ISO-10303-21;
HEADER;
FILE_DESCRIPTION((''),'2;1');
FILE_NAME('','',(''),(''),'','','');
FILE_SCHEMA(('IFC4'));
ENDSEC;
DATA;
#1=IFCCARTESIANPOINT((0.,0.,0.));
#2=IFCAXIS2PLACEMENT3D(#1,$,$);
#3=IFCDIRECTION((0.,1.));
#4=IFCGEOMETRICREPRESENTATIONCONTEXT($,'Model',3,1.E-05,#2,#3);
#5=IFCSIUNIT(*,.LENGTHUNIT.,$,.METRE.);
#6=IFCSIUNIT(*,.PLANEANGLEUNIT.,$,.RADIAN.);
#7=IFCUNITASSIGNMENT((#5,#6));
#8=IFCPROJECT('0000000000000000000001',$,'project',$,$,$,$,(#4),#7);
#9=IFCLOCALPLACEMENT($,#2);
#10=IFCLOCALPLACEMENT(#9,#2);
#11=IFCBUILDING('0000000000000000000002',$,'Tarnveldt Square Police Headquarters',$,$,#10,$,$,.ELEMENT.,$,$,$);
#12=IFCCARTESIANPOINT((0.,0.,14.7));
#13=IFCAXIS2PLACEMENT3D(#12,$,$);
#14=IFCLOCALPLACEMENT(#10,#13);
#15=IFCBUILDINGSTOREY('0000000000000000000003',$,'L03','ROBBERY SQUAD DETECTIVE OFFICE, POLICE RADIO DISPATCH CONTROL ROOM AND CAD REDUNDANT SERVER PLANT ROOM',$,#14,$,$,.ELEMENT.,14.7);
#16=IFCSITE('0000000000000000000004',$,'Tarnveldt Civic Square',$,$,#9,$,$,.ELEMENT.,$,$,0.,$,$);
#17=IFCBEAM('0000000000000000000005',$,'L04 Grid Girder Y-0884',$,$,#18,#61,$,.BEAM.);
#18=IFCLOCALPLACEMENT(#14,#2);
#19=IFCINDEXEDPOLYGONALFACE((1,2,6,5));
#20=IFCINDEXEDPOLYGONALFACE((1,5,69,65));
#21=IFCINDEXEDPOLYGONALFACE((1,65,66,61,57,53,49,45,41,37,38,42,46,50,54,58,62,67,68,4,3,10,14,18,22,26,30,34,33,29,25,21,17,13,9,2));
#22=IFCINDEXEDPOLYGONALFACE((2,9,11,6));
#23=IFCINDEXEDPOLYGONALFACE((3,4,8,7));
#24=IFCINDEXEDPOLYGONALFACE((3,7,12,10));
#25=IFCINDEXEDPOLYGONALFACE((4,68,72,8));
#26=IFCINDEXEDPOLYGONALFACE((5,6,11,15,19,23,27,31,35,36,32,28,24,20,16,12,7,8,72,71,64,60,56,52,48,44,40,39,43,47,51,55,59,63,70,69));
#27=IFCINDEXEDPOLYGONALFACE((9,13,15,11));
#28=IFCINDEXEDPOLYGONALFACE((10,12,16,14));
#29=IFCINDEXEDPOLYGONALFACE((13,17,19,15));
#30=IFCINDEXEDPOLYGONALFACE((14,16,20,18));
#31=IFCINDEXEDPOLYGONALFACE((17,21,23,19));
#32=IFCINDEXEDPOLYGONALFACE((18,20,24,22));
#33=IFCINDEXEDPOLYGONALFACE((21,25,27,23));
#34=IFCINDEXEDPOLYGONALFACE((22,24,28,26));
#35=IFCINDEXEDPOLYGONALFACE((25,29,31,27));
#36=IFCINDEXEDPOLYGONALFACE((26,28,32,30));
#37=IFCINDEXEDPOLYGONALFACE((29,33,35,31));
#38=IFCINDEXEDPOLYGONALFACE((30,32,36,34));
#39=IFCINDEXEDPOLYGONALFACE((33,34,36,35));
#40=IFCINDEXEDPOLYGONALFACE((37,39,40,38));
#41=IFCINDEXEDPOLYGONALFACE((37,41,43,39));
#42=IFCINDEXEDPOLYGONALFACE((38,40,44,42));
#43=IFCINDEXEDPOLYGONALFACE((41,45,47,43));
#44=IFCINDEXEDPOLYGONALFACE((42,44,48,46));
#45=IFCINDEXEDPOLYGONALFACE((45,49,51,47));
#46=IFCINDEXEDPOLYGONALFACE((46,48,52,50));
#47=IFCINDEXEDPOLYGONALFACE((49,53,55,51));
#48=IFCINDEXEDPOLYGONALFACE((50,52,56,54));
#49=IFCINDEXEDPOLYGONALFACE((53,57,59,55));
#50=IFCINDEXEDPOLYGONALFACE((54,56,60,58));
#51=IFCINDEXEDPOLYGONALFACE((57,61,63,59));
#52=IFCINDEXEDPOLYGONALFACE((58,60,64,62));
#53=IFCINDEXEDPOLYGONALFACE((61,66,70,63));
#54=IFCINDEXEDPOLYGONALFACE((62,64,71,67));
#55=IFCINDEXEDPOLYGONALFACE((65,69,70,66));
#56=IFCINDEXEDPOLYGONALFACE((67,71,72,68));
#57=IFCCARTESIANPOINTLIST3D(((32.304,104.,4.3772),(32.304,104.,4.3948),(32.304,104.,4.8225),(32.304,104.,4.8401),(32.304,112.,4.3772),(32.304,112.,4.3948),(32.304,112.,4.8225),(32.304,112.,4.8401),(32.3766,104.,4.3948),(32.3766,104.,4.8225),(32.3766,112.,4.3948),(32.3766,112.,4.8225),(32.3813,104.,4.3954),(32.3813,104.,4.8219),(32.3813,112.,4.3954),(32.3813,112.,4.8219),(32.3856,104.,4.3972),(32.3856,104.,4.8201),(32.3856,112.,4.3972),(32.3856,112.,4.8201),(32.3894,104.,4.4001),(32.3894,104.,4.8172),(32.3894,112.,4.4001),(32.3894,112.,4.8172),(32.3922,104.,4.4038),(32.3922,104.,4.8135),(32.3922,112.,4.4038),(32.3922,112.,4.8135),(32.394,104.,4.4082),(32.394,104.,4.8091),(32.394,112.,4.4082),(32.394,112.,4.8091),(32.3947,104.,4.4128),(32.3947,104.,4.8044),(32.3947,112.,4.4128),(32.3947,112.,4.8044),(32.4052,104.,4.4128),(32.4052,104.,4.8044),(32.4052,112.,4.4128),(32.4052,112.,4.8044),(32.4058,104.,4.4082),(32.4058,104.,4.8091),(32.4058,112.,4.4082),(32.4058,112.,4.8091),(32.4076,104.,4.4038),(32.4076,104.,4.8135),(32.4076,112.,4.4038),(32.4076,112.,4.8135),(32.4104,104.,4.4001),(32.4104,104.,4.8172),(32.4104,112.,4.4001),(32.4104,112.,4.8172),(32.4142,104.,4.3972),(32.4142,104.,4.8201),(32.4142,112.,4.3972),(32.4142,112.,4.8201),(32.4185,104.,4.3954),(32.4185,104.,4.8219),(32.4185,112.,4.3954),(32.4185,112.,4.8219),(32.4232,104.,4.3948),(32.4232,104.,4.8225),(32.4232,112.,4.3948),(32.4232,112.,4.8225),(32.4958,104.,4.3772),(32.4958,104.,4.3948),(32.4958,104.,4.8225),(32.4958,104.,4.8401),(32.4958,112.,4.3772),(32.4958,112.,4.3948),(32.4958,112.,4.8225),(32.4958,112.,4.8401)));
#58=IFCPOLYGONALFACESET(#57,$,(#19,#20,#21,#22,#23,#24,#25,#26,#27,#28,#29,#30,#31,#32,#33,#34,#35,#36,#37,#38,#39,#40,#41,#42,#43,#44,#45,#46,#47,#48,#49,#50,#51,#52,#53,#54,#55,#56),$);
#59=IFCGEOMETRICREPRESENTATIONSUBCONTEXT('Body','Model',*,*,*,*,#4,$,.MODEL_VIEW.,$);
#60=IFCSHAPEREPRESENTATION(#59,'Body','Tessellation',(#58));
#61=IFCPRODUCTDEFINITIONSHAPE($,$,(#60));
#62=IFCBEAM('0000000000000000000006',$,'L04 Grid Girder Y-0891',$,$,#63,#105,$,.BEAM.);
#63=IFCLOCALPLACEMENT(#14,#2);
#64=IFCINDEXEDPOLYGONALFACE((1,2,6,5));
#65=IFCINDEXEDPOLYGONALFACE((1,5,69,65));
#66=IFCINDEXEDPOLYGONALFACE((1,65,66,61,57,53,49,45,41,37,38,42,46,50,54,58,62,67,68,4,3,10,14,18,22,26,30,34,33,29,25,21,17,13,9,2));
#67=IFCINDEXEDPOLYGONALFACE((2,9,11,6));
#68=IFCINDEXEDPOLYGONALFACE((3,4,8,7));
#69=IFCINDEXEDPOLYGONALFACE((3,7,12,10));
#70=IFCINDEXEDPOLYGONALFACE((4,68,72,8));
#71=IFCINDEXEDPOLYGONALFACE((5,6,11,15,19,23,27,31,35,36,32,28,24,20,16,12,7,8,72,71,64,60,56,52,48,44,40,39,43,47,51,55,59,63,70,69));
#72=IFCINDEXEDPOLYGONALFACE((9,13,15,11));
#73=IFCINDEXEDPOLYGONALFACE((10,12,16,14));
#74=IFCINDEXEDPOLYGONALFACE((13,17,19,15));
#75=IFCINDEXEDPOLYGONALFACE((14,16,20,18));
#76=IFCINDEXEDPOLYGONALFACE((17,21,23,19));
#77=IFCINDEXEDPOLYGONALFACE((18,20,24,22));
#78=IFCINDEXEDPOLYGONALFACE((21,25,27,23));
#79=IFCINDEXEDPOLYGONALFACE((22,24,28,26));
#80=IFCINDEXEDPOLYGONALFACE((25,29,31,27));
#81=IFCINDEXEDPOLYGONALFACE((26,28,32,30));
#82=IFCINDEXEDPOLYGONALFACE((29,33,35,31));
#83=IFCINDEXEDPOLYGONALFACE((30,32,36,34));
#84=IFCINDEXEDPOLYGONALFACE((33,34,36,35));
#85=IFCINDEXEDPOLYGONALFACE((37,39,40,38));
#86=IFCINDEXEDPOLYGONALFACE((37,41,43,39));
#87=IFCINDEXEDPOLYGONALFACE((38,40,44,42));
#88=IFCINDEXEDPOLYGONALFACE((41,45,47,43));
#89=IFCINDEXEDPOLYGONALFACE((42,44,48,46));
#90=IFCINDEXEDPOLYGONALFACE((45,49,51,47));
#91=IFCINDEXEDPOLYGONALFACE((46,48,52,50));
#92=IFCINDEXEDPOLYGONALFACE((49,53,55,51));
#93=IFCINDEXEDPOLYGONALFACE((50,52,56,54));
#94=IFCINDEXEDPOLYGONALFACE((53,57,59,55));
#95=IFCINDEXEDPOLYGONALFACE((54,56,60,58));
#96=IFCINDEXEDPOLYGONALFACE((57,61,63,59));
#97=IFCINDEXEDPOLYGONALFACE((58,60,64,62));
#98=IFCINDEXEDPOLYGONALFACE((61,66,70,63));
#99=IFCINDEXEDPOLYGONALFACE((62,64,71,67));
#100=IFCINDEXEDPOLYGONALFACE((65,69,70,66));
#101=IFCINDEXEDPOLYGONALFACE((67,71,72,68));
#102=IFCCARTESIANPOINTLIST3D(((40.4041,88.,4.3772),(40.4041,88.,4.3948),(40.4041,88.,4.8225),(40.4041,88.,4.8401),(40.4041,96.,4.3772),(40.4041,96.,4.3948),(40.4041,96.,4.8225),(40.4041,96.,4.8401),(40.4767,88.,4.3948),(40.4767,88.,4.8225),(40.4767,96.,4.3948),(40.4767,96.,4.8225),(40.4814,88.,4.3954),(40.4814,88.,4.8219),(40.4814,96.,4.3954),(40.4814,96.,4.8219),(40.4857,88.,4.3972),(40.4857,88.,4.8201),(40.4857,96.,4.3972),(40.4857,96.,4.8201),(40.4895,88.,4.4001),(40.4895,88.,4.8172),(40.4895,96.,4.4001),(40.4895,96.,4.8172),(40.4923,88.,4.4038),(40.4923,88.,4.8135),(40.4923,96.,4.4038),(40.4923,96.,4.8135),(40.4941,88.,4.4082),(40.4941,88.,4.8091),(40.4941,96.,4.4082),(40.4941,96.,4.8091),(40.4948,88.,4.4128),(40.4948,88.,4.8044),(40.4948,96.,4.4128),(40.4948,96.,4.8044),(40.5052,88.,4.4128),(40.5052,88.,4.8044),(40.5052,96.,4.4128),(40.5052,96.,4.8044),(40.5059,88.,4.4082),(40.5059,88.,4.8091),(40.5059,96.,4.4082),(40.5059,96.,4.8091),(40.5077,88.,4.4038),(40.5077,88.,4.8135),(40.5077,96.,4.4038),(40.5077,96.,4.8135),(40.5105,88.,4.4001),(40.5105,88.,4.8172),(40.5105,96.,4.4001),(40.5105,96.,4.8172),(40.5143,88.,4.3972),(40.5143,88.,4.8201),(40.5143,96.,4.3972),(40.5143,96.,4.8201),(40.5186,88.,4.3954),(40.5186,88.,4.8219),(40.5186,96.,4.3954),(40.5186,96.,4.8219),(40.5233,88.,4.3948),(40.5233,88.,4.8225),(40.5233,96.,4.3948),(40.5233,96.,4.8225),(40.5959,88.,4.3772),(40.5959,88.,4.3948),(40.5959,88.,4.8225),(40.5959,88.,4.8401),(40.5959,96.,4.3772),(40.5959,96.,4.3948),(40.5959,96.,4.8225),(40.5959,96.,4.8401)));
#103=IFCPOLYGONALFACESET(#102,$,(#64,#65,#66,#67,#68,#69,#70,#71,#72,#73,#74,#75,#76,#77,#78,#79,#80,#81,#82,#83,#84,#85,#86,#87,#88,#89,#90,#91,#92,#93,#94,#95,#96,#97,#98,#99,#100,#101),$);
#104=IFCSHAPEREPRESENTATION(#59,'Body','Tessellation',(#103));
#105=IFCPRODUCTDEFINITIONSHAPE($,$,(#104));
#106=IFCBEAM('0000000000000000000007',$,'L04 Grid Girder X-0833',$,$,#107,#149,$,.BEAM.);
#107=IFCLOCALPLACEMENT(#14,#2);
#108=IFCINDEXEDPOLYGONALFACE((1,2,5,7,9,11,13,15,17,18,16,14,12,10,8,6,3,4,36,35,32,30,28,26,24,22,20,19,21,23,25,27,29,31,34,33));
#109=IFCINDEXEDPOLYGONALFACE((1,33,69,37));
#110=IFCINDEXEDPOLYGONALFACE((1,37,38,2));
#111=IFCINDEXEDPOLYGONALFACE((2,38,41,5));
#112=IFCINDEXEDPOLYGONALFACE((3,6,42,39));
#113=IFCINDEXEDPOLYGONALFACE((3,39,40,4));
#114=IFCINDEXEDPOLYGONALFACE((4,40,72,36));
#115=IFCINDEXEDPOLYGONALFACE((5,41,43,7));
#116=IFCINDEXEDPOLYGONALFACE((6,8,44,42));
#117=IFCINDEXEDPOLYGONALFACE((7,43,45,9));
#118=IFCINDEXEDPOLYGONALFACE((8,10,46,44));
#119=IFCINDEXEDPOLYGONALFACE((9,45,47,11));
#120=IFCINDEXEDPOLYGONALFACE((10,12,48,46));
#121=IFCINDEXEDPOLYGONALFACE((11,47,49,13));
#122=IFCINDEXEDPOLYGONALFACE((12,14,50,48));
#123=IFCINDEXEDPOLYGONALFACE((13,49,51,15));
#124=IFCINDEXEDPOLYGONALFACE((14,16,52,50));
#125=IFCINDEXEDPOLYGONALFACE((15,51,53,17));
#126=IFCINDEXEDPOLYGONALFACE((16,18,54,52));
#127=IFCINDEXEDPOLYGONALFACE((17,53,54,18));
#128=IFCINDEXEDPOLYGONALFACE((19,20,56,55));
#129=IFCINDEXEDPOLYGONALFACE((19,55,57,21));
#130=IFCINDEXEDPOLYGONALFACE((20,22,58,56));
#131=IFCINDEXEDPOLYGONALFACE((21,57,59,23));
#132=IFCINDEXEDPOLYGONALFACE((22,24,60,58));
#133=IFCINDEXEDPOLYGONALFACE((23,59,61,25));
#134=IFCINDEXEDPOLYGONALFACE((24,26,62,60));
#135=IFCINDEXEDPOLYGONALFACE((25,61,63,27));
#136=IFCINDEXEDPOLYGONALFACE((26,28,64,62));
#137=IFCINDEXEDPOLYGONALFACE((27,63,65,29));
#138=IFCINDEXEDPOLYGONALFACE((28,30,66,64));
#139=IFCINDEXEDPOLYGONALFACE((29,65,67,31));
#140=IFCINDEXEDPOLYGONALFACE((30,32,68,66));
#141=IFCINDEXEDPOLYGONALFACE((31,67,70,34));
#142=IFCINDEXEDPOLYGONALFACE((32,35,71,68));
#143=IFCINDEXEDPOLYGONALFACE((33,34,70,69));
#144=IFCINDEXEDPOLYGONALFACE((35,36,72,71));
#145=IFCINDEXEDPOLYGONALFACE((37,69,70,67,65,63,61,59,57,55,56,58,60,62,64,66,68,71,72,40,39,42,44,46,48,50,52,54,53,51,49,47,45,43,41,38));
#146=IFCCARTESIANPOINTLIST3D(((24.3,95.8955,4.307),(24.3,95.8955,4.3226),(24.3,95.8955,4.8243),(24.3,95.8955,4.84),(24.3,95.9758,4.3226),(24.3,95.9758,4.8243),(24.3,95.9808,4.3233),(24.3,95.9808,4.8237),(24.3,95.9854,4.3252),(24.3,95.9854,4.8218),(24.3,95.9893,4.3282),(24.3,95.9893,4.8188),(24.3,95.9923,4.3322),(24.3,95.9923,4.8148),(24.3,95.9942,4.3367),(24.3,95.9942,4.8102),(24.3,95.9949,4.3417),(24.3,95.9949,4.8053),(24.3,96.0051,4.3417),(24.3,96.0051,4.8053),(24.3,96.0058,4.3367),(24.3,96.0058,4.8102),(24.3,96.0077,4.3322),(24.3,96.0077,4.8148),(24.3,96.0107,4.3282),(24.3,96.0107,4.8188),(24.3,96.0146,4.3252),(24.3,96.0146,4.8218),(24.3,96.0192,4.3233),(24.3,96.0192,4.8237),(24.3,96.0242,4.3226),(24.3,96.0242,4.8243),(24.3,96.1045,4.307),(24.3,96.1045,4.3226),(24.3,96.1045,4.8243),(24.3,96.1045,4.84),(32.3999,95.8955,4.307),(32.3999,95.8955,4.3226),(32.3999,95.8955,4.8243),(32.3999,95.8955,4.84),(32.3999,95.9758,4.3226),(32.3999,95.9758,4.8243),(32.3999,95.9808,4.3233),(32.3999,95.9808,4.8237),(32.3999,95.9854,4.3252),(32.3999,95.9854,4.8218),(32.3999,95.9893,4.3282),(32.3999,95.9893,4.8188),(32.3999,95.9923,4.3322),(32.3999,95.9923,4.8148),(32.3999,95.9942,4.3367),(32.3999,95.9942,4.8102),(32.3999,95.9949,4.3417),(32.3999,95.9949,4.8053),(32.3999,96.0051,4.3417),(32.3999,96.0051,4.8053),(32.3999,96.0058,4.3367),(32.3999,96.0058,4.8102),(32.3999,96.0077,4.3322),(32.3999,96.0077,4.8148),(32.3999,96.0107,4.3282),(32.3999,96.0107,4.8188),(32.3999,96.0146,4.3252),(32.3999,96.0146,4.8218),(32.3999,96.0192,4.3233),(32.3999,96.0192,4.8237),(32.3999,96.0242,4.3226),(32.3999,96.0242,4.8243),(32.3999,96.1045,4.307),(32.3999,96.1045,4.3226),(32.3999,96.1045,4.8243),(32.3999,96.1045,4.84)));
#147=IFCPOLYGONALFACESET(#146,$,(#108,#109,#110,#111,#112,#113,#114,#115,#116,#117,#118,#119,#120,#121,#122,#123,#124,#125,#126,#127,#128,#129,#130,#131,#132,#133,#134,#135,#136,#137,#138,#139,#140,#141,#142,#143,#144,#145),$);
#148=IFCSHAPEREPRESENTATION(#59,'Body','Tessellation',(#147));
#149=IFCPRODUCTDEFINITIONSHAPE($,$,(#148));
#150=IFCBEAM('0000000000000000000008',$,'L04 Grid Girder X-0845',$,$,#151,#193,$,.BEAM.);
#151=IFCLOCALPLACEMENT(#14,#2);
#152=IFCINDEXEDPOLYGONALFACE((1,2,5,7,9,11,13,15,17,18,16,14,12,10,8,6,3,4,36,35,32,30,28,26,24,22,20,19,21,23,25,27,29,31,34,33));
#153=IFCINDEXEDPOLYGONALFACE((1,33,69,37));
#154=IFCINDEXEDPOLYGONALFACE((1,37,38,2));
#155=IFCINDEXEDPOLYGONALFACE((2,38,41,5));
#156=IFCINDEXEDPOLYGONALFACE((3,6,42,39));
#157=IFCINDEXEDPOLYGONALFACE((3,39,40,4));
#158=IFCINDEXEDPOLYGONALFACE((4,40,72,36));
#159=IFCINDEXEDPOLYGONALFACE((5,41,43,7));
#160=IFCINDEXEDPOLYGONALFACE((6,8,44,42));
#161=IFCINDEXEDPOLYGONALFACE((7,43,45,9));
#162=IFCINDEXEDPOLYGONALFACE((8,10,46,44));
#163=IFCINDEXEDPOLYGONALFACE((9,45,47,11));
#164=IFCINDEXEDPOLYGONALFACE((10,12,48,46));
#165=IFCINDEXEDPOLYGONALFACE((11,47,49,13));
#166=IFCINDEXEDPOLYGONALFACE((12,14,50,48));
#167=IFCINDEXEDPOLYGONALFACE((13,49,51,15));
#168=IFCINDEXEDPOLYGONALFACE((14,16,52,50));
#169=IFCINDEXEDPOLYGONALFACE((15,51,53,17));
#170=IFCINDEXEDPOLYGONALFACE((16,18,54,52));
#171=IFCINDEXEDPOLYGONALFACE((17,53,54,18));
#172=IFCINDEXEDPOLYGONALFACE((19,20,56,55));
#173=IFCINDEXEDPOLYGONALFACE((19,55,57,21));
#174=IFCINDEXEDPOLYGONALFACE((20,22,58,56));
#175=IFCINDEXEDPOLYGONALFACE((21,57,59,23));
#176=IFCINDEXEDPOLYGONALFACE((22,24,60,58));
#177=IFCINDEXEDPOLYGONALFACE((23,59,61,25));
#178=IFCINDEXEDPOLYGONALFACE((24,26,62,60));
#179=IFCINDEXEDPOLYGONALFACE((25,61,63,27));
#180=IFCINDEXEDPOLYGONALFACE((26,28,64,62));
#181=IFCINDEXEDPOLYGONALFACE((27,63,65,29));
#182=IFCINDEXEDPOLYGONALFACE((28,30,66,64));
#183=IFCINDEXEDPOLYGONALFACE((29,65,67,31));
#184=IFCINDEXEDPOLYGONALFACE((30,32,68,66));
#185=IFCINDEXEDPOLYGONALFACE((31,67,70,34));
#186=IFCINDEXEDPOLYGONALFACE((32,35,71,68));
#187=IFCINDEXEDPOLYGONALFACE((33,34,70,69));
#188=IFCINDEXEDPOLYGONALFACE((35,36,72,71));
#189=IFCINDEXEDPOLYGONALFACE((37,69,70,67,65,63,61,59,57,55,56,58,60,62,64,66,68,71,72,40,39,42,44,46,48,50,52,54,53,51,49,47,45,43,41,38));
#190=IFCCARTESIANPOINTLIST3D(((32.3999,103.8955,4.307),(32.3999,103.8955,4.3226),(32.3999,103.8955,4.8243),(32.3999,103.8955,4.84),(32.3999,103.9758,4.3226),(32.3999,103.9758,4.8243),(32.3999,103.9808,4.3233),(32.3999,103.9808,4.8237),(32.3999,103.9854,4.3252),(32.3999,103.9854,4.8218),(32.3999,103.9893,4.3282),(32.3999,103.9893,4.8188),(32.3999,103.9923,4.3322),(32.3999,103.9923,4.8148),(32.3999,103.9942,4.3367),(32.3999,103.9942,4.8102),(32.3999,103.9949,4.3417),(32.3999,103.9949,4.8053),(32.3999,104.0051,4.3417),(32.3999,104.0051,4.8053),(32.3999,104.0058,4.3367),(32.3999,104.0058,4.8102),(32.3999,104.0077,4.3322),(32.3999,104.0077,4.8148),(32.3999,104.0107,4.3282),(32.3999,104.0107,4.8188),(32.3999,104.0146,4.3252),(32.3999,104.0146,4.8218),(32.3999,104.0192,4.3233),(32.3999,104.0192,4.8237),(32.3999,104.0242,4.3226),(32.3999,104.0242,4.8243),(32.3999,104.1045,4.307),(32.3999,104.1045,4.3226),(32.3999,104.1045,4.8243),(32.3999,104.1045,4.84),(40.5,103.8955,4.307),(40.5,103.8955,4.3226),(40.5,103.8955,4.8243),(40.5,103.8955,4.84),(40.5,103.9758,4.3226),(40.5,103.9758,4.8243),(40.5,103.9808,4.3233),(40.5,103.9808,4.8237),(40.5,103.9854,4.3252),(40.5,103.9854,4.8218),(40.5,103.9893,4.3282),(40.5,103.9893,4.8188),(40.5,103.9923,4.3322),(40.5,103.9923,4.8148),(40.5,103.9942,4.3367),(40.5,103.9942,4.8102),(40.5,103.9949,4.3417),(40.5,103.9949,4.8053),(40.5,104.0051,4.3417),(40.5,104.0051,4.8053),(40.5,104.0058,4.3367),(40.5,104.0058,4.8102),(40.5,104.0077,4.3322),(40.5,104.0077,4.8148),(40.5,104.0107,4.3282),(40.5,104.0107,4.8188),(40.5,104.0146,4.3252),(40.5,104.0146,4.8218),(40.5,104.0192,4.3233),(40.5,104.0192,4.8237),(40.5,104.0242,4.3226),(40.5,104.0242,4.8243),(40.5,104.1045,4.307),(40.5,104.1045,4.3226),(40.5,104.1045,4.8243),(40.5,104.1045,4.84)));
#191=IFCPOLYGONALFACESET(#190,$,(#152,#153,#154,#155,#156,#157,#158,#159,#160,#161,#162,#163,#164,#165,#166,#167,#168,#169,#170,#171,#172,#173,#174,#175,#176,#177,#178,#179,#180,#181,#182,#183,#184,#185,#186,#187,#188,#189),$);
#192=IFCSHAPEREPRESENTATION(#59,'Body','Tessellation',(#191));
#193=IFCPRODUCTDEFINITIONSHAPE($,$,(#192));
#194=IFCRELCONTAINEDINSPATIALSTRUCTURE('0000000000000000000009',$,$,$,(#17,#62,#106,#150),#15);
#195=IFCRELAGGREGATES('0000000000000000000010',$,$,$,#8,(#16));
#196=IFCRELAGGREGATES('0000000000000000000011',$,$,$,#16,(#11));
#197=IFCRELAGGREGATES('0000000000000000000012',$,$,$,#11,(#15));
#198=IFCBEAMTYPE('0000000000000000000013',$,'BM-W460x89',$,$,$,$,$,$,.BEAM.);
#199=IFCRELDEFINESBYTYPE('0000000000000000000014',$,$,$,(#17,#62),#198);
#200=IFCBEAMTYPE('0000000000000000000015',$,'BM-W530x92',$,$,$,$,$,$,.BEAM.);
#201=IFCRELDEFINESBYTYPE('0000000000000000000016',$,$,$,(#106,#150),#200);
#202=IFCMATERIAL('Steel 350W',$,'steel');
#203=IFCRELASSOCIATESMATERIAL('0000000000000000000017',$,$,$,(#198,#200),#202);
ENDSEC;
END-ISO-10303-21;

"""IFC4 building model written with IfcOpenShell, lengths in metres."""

from ifc_helpers import new_model, si_unit, direction, frame, origin, origin_2d, place, context, subcontext, project, spatial, i_section, extrude, material, material_profile, profile_set, type_object, element, save


model = new_model("IFC4")

# Units and contexts
model_context = context("Model", 3, precision=1e-05, world=origin(), true_north=direction((0.0, 1.0)))
body_context = subcontext(model_context, "Body", "Model", "MODEL_VIEW")
ifc_project = project(units=[si_unit("LENGTHUNIT", "METRE"), si_unit("PLANEANGLEUNIT", "RADIAN")], contexts=[model_context])

# Site, building, storey
site_placement = place(None, origin())
site = spatial("IfcSite", under=ifc_project, at=site_placement, Name="Tarnveldt Civic Square", CompositionType="ELEMENT", RefElevation=0.0)
building_placement = place(site_placement, origin())
building = spatial("IfcBuilding", under=site, at=building_placement, Name="Tarnveldt Square Police Headquarters", CompositionType="ELEMENT")
storey_placement = place(building_placement, frame((0.0, 0.0, 14.7)))
storey = spatial("IfcBuildingStorey", under=building, at=storey_placement, Name="L03", Description="ROBBERY SQUAD DETECTIVE OFFICE, POLICE RADIO DISPATCH CONTROL ROOM AND CAD REDUNDANT SERVER PLANT ROOM", CompositionType="ELEMENT", Elevation=14.7)

# Shared definitions
ifc_material_1 = material(Name="Steel 350W", Category="steel")

# Beams
ifc_material_profile_1 = material_profile(ifc_material_1, i_section(OverallWidth=0.1919, OverallDepth=0.4629, WebThickness=0.0105, FlangeThickness=0.0176, FilletRadius=0.0181, at=origin_2d()), Name="W460x89")
ifc_profile_set_1 = profile_set([ifc_material_profile_1], Name="Steel 350W")
beam_type_1 = type_object("IfcBeamType", Name="BM-W460x89", PredefinedType="BEAM", material=ifc_profile_set_1)
for number, where, z_axis, x_axis, name in (
    (1, (32.3999, 104.0, 4.6086), (0.0, 1.0, 0.0), (-1.0, 0.0, 0.0), "L04 Grid Girder Y-0884"),
    (2, (40.5, 88.0, 4.6086), (0.0, 1.0, 0.0), (-1.0, 0.0, 0.0), "L04 Grid Girder Y-0891"),
):
    element("IfcBeam", number, at=place(storey_placement, frame(where, z_axis=z_axis, x_axis=x_axis)), inside=storey, type_object=beam_type_1, Name=name, PredefinedType="BEAM", context=body_context, shape_type="SweptSolid", body=[
        extrude(i_section(OverallWidth=0.1919, OverallDepth=0.4629, WebThickness=0.0105, FlangeThickness=0.0176, FilletRadius=0.0181, at=origin_2d()), origin(), (0.0, 0.0, 1.0), 8.0),
    ])
ifc_material_profile_2 = material_profile(ifc_material_1, i_section(OverallWidth=0.209, OverallDepth=0.533, WebThickness=0.0103, FlangeThickness=0.0156, FilletRadius=0.019, at=origin_2d()), Name="W530x92")
ifc_profile_set_2 = profile_set([ifc_material_profile_2], Name="Steel 350W")
beam_type_2 = type_object("IfcBeamType", Name="BM-W530x92", PredefinedType="BEAM", material=ifc_profile_set_2)
beam_1_placement = place(storey_placement, frame((24.3, 96.0, 4.5735), z_axis=(1.0, 0.0, 0.0), x_axis=(0.0, 1.0, 0.0)))
element("IfcBeam", 3, at=beam_1_placement, inside=storey, type_object=beam_type_2, Name="L04 Grid Girder X-0833", PredefinedType="BEAM", context=body_context, shape_type="SweptSolid", body=[
    extrude(i_section(OverallWidth=0.209, OverallDepth=0.533, WebThickness=0.0103, FlangeThickness=0.0156, FilletRadius=0.019, at=origin_2d()), origin(), (0.0, 0.0, 1.0), 8.0999),
])
for number, where, z_axis, x_axis, name in (
    (4, (32.3999, 104.0, 4.5735), (1.0, 0.0, 0.0), (0.0, 1.0, 0.0), "L04 Grid Girder X-0845"),
):
    element("IfcBeam", number, at=place(storey_placement, frame(where, z_axis=z_axis, x_axis=x_axis)), inside=storey, type_object=beam_type_2, Name=name, PredefinedType="BEAM", context=body_context, shape_type="SweptSolid", body=[
        extrude(i_section(OverallWidth=0.209, OverallDepth=0.533, WebThickness=0.0103, FlangeThickness=0.0156, FilletRadius=0.019, at=origin_2d()), origin(), (0.0, 0.0, 1.0), 8.1001),
    ])

save(model, "model.ifc")
